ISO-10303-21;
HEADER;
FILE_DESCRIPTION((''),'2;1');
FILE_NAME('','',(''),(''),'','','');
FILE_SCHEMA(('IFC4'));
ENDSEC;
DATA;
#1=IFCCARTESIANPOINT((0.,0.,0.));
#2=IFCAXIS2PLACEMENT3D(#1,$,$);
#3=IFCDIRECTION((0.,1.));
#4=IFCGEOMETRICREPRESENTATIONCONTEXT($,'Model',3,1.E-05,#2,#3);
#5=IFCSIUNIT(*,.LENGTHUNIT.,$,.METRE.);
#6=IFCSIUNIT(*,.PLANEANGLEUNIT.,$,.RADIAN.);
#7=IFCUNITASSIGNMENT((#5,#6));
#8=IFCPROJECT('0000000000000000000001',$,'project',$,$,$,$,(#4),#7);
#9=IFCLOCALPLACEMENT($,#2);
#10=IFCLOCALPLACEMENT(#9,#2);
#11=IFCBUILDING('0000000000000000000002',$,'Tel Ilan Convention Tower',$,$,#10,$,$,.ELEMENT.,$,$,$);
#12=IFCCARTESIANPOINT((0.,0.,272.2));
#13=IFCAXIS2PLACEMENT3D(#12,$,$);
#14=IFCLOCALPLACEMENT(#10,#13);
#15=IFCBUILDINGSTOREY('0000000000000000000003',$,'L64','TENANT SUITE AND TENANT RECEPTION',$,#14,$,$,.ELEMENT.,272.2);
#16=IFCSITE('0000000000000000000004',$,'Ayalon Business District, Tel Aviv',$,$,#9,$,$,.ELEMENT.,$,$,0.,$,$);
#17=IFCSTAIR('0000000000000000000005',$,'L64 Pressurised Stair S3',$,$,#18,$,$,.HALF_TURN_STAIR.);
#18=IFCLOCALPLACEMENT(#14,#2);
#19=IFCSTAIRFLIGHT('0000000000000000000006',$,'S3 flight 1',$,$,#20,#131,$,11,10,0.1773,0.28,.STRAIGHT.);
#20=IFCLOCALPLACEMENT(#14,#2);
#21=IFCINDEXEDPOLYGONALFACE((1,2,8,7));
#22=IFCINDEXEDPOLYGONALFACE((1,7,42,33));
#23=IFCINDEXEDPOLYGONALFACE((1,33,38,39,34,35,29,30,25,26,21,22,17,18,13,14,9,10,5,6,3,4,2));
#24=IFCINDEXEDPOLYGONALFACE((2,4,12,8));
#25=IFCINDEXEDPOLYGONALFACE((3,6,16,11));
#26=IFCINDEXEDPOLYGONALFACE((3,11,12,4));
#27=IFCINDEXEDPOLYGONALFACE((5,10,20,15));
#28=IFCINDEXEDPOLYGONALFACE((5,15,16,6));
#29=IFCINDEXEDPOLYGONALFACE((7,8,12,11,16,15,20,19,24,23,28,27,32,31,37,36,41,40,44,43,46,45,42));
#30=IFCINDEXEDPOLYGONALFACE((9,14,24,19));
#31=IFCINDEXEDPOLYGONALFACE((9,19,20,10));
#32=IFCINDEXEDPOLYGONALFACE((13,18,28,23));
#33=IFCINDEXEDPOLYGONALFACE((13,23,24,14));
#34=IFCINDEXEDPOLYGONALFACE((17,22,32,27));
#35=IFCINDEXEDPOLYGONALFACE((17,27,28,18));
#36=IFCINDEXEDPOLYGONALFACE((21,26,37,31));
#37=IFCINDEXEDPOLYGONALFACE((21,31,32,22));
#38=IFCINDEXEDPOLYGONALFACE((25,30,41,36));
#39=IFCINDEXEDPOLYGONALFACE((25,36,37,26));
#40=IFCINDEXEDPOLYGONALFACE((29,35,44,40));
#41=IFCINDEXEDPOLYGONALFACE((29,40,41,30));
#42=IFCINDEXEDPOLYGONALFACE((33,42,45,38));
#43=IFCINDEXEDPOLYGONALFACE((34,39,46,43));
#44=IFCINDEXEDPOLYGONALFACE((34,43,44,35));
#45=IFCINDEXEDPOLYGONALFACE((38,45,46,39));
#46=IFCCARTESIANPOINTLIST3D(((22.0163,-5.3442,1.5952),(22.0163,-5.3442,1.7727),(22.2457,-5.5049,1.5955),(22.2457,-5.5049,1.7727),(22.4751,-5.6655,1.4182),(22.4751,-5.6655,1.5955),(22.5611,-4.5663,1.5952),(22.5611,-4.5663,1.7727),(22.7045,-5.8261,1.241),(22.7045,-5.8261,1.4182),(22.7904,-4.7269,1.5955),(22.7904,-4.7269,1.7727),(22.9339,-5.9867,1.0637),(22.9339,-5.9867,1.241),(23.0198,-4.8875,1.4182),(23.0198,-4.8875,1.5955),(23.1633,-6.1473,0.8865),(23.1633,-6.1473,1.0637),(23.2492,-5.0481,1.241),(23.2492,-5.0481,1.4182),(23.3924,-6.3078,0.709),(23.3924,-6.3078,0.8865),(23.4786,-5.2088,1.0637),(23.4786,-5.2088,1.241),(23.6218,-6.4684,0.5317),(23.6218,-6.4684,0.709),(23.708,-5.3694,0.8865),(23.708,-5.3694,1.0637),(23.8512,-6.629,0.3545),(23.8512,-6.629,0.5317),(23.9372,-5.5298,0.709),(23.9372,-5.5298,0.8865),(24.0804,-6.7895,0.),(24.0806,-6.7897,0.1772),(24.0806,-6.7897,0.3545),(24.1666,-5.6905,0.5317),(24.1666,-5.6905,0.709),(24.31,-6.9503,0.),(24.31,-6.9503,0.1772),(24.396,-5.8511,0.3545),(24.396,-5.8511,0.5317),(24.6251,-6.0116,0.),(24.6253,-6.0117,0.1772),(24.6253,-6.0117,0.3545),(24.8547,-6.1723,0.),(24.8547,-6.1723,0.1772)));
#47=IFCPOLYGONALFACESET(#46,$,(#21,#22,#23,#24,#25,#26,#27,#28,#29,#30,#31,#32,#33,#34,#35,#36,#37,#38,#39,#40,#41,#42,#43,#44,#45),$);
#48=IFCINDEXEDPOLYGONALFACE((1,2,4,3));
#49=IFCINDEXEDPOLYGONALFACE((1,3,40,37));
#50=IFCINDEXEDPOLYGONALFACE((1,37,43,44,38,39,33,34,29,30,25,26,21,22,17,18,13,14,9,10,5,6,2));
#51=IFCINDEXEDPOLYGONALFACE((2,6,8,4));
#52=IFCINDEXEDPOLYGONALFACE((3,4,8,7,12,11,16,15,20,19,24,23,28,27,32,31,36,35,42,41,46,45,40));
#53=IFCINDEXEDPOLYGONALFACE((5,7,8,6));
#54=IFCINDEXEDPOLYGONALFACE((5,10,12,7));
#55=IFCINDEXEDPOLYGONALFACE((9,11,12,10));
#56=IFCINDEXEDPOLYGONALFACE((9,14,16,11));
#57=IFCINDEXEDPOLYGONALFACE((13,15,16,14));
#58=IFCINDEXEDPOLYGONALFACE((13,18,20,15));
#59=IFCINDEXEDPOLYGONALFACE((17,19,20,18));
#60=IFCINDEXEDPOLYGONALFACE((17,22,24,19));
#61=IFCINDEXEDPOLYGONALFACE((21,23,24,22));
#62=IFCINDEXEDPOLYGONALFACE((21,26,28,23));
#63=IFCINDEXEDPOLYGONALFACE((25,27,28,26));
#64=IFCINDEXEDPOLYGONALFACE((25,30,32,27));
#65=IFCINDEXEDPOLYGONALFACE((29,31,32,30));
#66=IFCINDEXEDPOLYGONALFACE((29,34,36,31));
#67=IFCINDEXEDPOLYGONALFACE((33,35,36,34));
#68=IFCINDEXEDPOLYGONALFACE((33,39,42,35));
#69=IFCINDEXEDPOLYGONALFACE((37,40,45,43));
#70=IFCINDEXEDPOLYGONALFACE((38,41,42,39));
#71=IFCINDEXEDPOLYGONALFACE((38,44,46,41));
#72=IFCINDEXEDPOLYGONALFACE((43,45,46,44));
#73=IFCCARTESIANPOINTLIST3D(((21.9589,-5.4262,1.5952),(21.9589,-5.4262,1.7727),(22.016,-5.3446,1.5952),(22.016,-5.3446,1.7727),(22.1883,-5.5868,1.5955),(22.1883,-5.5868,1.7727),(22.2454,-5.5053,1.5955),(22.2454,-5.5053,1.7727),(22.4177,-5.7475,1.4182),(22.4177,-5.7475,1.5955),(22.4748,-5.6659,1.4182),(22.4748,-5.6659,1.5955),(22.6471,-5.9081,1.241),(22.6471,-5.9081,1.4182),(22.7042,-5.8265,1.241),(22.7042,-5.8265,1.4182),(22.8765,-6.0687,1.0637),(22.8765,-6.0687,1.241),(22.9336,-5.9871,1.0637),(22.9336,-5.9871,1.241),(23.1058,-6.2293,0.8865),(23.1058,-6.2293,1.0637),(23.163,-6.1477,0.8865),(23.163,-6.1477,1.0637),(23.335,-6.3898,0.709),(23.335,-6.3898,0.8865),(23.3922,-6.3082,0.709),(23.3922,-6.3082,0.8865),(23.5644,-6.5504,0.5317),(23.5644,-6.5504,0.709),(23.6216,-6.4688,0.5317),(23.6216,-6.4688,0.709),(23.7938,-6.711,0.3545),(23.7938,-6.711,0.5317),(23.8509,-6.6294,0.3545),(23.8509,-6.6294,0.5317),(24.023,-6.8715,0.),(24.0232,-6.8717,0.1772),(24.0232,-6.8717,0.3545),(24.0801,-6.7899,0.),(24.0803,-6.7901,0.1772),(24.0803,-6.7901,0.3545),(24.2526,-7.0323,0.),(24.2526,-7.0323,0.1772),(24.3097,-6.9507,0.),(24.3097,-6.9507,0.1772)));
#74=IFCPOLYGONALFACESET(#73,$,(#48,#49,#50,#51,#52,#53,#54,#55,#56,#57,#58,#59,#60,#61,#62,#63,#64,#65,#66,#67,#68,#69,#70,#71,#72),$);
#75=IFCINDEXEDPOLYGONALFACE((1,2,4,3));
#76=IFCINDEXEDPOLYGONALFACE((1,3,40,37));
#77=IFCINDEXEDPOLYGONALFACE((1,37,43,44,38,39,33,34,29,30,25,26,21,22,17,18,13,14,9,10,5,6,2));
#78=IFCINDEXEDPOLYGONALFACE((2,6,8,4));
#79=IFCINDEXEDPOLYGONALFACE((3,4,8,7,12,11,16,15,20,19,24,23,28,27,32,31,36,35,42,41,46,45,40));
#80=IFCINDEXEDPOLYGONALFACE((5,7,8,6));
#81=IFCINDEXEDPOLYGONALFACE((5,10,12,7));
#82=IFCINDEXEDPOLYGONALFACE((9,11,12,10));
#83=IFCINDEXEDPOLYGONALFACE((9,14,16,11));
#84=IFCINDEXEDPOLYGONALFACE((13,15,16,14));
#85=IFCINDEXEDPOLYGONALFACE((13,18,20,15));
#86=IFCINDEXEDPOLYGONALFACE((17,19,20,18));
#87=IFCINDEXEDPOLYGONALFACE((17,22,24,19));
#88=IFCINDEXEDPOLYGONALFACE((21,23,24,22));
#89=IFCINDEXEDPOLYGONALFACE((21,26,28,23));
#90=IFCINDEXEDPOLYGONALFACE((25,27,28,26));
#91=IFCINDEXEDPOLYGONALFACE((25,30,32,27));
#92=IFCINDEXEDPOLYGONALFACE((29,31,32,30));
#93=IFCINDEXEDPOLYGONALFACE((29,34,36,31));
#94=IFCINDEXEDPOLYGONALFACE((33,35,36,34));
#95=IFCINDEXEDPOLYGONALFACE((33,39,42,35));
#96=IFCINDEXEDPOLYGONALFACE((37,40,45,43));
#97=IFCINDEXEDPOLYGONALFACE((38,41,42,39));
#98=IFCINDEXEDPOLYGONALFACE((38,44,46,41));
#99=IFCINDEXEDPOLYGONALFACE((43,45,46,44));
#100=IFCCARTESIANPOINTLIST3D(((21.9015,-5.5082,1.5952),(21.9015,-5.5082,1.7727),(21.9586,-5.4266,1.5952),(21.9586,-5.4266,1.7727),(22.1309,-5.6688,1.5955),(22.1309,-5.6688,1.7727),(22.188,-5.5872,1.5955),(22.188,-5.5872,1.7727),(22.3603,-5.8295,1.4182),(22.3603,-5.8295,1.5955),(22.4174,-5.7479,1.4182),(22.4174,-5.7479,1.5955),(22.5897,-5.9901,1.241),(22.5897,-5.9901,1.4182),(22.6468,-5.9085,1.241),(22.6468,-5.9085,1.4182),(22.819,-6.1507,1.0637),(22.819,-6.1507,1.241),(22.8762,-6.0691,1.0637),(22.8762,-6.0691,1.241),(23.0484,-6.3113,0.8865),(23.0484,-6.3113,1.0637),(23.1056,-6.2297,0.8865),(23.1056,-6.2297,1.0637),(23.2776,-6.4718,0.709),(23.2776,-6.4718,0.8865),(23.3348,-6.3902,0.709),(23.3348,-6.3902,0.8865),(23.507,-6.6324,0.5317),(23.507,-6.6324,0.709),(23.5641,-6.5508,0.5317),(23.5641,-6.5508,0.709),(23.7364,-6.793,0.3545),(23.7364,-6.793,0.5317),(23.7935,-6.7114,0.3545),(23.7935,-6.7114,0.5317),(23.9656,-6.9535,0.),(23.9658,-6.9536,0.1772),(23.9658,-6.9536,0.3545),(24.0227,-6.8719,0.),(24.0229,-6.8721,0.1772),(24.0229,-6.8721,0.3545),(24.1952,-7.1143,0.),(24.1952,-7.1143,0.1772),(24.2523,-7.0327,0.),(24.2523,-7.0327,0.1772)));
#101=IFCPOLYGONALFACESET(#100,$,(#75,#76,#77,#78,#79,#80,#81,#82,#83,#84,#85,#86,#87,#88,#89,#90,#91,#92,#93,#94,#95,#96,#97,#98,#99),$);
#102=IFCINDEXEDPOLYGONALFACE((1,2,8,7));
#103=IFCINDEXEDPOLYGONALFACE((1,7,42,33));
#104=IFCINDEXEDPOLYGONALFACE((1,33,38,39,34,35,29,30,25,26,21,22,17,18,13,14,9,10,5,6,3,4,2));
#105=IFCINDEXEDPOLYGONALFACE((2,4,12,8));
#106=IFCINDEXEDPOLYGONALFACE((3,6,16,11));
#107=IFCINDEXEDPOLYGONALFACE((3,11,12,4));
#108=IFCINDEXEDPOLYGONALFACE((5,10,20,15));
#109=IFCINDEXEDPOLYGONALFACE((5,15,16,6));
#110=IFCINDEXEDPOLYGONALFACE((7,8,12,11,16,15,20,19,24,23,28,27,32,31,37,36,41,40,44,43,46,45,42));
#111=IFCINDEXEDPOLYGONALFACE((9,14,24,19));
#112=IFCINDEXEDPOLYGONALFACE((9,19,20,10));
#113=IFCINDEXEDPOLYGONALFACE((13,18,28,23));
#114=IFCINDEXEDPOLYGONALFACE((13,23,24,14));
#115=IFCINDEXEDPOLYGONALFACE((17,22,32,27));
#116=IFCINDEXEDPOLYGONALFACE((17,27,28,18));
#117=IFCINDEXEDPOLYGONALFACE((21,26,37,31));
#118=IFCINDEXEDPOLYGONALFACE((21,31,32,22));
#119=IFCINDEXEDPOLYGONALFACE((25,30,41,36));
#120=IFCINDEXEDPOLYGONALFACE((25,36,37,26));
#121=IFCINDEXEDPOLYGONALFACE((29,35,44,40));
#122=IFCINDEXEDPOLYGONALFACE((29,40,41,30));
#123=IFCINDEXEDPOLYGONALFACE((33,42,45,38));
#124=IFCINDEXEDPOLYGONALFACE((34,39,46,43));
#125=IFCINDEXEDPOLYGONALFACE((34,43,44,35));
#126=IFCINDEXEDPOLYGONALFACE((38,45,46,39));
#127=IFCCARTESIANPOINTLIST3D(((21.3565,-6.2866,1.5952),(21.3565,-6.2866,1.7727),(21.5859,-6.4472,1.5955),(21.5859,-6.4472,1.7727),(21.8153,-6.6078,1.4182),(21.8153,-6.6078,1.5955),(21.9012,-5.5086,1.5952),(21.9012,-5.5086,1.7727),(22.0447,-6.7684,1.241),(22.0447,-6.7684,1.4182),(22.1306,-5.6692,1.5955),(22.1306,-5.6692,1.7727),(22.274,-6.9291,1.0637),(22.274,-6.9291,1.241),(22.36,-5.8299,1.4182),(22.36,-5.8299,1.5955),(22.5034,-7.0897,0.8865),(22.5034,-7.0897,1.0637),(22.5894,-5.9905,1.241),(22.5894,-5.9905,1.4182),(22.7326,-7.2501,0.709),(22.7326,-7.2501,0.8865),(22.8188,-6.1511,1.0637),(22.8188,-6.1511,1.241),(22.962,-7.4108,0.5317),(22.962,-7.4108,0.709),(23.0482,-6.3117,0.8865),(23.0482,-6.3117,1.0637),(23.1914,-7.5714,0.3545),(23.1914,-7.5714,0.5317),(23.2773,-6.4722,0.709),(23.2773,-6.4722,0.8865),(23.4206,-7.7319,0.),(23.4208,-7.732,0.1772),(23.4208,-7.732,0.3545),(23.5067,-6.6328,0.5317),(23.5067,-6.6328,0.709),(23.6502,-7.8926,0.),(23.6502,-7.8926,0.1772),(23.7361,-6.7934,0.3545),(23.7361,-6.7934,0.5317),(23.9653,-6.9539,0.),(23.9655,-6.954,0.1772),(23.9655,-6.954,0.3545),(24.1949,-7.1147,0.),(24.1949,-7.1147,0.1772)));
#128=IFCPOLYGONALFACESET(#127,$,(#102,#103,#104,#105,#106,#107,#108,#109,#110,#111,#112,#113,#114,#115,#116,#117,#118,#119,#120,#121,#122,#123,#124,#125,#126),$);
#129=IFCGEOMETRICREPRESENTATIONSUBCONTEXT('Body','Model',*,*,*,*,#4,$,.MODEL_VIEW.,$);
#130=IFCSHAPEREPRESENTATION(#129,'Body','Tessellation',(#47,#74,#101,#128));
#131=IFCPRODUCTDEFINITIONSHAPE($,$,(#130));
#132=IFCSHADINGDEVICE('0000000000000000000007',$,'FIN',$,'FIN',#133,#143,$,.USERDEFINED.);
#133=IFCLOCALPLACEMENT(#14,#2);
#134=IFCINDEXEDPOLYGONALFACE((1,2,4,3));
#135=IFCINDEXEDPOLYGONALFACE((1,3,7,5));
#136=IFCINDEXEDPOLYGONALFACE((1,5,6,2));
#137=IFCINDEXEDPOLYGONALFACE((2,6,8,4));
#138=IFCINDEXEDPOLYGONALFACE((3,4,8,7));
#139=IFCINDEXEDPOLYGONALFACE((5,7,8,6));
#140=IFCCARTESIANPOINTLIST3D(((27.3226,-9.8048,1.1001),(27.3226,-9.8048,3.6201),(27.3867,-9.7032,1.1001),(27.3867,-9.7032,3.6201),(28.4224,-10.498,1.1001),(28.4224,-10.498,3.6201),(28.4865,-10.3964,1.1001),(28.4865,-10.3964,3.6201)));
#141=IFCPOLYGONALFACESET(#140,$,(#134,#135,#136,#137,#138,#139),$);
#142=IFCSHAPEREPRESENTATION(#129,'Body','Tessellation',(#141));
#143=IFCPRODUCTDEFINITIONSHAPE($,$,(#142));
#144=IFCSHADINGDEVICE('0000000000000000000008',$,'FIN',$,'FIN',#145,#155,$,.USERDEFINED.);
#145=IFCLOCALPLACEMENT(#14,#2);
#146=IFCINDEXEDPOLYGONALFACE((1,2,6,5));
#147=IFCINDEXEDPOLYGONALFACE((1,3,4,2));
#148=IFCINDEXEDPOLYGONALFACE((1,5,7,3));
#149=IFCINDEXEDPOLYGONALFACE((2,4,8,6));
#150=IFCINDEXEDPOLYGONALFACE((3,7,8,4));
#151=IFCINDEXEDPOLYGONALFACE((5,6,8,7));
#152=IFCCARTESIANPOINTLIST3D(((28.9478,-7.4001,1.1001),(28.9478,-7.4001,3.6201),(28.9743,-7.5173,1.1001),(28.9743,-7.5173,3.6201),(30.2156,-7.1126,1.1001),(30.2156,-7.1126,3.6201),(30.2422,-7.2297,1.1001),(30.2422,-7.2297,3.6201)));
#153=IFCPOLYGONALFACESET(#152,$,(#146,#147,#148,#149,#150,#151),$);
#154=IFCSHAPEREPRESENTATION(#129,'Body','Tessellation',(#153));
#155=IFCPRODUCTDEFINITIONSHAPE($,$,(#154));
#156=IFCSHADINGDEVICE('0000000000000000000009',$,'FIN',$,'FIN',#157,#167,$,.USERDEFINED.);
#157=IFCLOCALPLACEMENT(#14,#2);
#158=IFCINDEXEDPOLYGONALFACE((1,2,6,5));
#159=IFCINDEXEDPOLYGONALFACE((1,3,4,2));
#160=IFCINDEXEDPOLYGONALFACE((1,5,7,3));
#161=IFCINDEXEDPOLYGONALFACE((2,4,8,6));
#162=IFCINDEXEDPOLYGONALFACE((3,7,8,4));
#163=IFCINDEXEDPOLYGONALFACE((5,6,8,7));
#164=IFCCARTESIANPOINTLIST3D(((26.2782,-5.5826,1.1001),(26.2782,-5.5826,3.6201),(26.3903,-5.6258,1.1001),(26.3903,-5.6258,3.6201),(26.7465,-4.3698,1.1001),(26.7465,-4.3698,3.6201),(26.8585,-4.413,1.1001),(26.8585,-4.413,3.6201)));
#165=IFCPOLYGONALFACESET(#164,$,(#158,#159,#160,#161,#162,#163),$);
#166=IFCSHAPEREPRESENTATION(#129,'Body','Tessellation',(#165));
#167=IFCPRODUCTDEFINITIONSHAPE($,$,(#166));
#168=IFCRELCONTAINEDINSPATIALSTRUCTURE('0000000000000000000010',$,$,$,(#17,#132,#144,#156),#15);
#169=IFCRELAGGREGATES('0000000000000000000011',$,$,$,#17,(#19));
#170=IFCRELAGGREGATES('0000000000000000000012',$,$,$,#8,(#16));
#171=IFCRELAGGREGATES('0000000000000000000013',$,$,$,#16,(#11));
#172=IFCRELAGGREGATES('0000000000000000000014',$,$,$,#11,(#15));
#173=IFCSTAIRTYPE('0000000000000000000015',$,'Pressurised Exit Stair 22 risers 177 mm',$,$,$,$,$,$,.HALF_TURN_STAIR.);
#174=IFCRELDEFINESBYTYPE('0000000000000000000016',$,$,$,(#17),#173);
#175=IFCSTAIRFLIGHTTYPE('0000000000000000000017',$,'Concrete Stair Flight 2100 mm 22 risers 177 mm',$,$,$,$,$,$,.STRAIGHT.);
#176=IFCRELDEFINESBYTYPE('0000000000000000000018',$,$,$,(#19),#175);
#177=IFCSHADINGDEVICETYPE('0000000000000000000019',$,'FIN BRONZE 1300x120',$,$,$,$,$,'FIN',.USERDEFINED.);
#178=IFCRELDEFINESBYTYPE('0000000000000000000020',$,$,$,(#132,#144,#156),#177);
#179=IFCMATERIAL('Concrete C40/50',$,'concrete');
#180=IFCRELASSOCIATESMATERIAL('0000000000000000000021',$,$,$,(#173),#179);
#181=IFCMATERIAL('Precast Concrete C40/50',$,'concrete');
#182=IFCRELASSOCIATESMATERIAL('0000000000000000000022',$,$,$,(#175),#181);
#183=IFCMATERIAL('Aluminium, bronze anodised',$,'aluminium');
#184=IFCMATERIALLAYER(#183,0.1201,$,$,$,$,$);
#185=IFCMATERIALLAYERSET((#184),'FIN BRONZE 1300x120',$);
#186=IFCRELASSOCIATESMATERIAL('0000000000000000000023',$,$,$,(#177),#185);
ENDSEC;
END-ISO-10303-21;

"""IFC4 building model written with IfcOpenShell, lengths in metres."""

from ifc_helpers import new_model, si_unit, direction, frame, origin, origin_2d, place, context, subcontext, project, spatial, polyline, rectangle, outline, extrude, material, layer, layer_set, type_object, element, aggregate, save


model = new_model("IFC4")

# Units and contexts
model_context = context("Model", 3, precision=1e-05, world=origin(), true_north=direction((0.0, 1.0)))
body_context = subcontext(model_context, "Body", "Model", "MODEL_VIEW")
ifc_project = project(units=[si_unit("LENGTHUNIT", "METRE"), si_unit("PLANEANGLEUNIT", "RADIAN")], contexts=[model_context])

# Site, building, storey
site_placement = place(None, origin())
site = spatial("IfcSite", under=ifc_project, at=site_placement, Name="Ayalon Business District, Tel Aviv", CompositionType="ELEMENT", RefElevation=0.0)
building_placement = place(site_placement, origin())
building = spatial("IfcBuilding", under=site, at=building_placement, Name="Tel Ilan Convention Tower", CompositionType="ELEMENT")
storey_placement = place(building_placement, frame((0.0, 0.0, 272.2)))
storey = spatial("IfcBuildingStorey", under=building, at=storey_placement, Name="L64", Description="TENANT SUITE AND TENANT RECEPTION", CompositionType="ELEMENT", Elevation=272.2)

# Stair, stair flight
ifc_material_1 = material(Name="Concrete C40/50", Category="concrete")
stair_type = type_object("IfcStairType", Name="Pressurised Exit Stair 22 risers 177 mm", PredefinedType="HALF_TURN_STAIR", material=ifc_material_1)
stair_placement = place(storey_placement, origin())
stair = element("IfcStair", 1, at=stair_placement, inside=storey, type_object=stair_type, Name="L64 Pressurised Stair S3", PredefinedType="HALF_TURN_STAIR")
ifc_material_2 = material(Name="Precast Concrete C40/50", Category="concrete")
stair_flight_type = type_object("IfcStairFlightType", Name="Concrete Stair Flight 2100 mm 22 risers 177 mm", PredefinedType="STRAIGHT", material=ifc_material_2)
stair_flight_placement = place(storey_placement, frame((24.2524, -7.0325, 0.0), z_axis=(0.0, 0.0, 1.0), x_axis=(-0.819152, 0.573576, 0.0)))
stair_flight = element("IfcStairFlight", 2, at=stair_flight_placement, type_object=stair_flight_type, Name="S3 flight 1", NumberOfRisers=11, NumberOfTreads=10, PredefinedType="STRAIGHT", RiserHeight=0.1773, TreadLength=0.28, context=body_context, shape_type="SweptSolid", body=[
    extrude(outline(polyline([(0.0, 0.0), (0.0, 0.1772), (0.28, 0.1772), (0.28, 0.3545), (0.5601, 0.3545), (0.5601, 0.5317), (0.8401, 0.5317), (0.8401, 0.709), (1.1201, 0.709), (1.1201, 0.8865), (1.3999, 0.8865), (1.3999, 1.0637), (1.6799, 1.0637), (1.6799, 1.241), (1.96, 1.241), (1.96, 1.4182), (2.24, 1.4182), (2.24, 1.5955), (2.52, 1.5955), (2.52, 1.7727), (2.8, 1.7727), (2.8, 1.95), (2.8, 1.5952), (0.2803, 0.0), (0.0, 0.0)])), frame((0.0, -0.1003, 0.0), z_axis=(0.0, -1.0, 0.0), x_axis=(1.0, 0.0, 0.0)), (0.0, 0.0, 1.0), 0.9497),
    extrude(outline(polyline([(0.0, 0.0), (0.0, 0.1772), (0.28, 0.1772), (0.28, 0.3545), (0.5601, 0.3545), (0.5601, 0.5317), (0.8401, 0.5317), (0.8401, 0.709), (1.1201, 0.709), (1.1201, 0.8865), (1.3999, 0.8865), (1.3999, 1.0637), (1.6799, 1.0637), (1.6799, 1.241), (1.96, 1.241), (1.96, 1.4182), (2.24, 1.4182), (2.24, 1.5955), (2.52, 1.5955), (2.52, 1.7727), (2.8, 1.7727), (2.8, 1.95), (2.8, 1.5952), (0.2803, 0.0), (0.0, 0.0)])), frame((0.0, -0.0002, 0.0), z_axis=(0.0, -1.0, 0.0), x_axis=(1.0, 0.0, 0.0)), (0.0, 0.0, 1.0), 0.0996),
    extrude(outline(polyline([(0.0, 0.0), (0.0, 0.1772), (0.28, 0.1772), (0.28, 0.3545), (0.5601, 0.3545), (0.5601, 0.5317), (0.8401, 0.5317), (0.8401, 0.709), (1.1201, 0.709), (1.1201, 0.8865), (1.3999, 0.8865), (1.3999, 1.0637), (1.6799, 1.0637), (1.6799, 1.241), (1.96, 1.241), (1.96, 1.4182), (2.24, 1.4182), (2.24, 1.5955), (2.52, 1.5955), (2.52, 1.7727), (2.8, 1.7727), (2.8, 1.95), (2.8, 1.5952), (0.2803, 0.0), (0.0, 0.0)])), frame((0.0, 0.0999, 0.0), z_axis=(0.0, -1.0, 0.0), x_axis=(1.0, 0.0, 0.0)), (0.0, 0.0, 1.0), 0.0996),
    extrude(outline(polyline([(0.0, 0.0), (0.0, 0.1772), (0.28, 0.1772), (0.28, 0.3545), (0.5601, 0.3545), (0.5601, 0.5317), (0.8401, 0.5317), (0.8401, 0.709), (1.1201, 0.709), (1.1201, 0.8865), (1.3999, 0.8865), (1.3999, 1.0637), (1.6799, 1.0637), (1.6799, 1.241), (1.96, 1.241), (1.96, 1.4182), (2.24, 1.4182), (2.24, 1.5955), (2.52, 1.5955), (2.52, 1.7727), (2.8, 1.7727), (2.8, 1.95), (2.8, 1.5952), (0.2803, 0.0), (0.0, 0.0)])), frame((0.0, 1.05, 0.0), z_axis=(0.0, -1.0, 0.0), x_axis=(1.0, 0.0, 0.0)), (0.0, 0.0, 1.0), 0.9497),
])
aggregate(stair, [stair_flight])

# Shading devices
ifc_material_3 = material(Name="Aluminium, bronze anodised", Category="aluminium")
ifc_layer_1 = layer(ifc_material_3, 0.1201)
ifc_layer_set_1 = layer_set([ifc_layer_1], Name="FIN BRONZE 1300x120")
shading_device_type = type_object("IfcShadingDeviceType", Name="FIN BRONZE 1300x120", ElementType="FIN", PredefinedType="USERDEFINED", material=ifc_layer_set_1)
for number, where, z_axis, x_axis, name in (
    (3, (27.9045, -10.1006, 1.1001), (0.0, 0.0, 1.0), (0.845986, -0.533204, 0.0), "FIN"),
    (4, (29.595, -7.3149, 1.1001), (0.0, 0.0, 1.0), (0.975235, 0.22117, 0.0), "FIN"),
    (5, (26.5684, -4.9978, 1.1001), (0.0, 0.0, 1.0), (0.360178, 0.932884, 0.0), "FIN"),
):
    element("IfcShadingDevice", number, at=place(storey_placement, frame(where, z_axis=z_axis, x_axis=x_axis)), inside=storey, type_object=shading_device_type, Name=name, ObjectType="FIN", PredefinedType="USERDEFINED", context=body_context, shape_type="SweptSolid", body=[
        extrude(rectangle(XDim=1.3, YDim=0.1201, at=origin_2d()), origin(), (0.0, 0.0, 1.0), 2.52),
    ])

save(model, "model.ifc")
